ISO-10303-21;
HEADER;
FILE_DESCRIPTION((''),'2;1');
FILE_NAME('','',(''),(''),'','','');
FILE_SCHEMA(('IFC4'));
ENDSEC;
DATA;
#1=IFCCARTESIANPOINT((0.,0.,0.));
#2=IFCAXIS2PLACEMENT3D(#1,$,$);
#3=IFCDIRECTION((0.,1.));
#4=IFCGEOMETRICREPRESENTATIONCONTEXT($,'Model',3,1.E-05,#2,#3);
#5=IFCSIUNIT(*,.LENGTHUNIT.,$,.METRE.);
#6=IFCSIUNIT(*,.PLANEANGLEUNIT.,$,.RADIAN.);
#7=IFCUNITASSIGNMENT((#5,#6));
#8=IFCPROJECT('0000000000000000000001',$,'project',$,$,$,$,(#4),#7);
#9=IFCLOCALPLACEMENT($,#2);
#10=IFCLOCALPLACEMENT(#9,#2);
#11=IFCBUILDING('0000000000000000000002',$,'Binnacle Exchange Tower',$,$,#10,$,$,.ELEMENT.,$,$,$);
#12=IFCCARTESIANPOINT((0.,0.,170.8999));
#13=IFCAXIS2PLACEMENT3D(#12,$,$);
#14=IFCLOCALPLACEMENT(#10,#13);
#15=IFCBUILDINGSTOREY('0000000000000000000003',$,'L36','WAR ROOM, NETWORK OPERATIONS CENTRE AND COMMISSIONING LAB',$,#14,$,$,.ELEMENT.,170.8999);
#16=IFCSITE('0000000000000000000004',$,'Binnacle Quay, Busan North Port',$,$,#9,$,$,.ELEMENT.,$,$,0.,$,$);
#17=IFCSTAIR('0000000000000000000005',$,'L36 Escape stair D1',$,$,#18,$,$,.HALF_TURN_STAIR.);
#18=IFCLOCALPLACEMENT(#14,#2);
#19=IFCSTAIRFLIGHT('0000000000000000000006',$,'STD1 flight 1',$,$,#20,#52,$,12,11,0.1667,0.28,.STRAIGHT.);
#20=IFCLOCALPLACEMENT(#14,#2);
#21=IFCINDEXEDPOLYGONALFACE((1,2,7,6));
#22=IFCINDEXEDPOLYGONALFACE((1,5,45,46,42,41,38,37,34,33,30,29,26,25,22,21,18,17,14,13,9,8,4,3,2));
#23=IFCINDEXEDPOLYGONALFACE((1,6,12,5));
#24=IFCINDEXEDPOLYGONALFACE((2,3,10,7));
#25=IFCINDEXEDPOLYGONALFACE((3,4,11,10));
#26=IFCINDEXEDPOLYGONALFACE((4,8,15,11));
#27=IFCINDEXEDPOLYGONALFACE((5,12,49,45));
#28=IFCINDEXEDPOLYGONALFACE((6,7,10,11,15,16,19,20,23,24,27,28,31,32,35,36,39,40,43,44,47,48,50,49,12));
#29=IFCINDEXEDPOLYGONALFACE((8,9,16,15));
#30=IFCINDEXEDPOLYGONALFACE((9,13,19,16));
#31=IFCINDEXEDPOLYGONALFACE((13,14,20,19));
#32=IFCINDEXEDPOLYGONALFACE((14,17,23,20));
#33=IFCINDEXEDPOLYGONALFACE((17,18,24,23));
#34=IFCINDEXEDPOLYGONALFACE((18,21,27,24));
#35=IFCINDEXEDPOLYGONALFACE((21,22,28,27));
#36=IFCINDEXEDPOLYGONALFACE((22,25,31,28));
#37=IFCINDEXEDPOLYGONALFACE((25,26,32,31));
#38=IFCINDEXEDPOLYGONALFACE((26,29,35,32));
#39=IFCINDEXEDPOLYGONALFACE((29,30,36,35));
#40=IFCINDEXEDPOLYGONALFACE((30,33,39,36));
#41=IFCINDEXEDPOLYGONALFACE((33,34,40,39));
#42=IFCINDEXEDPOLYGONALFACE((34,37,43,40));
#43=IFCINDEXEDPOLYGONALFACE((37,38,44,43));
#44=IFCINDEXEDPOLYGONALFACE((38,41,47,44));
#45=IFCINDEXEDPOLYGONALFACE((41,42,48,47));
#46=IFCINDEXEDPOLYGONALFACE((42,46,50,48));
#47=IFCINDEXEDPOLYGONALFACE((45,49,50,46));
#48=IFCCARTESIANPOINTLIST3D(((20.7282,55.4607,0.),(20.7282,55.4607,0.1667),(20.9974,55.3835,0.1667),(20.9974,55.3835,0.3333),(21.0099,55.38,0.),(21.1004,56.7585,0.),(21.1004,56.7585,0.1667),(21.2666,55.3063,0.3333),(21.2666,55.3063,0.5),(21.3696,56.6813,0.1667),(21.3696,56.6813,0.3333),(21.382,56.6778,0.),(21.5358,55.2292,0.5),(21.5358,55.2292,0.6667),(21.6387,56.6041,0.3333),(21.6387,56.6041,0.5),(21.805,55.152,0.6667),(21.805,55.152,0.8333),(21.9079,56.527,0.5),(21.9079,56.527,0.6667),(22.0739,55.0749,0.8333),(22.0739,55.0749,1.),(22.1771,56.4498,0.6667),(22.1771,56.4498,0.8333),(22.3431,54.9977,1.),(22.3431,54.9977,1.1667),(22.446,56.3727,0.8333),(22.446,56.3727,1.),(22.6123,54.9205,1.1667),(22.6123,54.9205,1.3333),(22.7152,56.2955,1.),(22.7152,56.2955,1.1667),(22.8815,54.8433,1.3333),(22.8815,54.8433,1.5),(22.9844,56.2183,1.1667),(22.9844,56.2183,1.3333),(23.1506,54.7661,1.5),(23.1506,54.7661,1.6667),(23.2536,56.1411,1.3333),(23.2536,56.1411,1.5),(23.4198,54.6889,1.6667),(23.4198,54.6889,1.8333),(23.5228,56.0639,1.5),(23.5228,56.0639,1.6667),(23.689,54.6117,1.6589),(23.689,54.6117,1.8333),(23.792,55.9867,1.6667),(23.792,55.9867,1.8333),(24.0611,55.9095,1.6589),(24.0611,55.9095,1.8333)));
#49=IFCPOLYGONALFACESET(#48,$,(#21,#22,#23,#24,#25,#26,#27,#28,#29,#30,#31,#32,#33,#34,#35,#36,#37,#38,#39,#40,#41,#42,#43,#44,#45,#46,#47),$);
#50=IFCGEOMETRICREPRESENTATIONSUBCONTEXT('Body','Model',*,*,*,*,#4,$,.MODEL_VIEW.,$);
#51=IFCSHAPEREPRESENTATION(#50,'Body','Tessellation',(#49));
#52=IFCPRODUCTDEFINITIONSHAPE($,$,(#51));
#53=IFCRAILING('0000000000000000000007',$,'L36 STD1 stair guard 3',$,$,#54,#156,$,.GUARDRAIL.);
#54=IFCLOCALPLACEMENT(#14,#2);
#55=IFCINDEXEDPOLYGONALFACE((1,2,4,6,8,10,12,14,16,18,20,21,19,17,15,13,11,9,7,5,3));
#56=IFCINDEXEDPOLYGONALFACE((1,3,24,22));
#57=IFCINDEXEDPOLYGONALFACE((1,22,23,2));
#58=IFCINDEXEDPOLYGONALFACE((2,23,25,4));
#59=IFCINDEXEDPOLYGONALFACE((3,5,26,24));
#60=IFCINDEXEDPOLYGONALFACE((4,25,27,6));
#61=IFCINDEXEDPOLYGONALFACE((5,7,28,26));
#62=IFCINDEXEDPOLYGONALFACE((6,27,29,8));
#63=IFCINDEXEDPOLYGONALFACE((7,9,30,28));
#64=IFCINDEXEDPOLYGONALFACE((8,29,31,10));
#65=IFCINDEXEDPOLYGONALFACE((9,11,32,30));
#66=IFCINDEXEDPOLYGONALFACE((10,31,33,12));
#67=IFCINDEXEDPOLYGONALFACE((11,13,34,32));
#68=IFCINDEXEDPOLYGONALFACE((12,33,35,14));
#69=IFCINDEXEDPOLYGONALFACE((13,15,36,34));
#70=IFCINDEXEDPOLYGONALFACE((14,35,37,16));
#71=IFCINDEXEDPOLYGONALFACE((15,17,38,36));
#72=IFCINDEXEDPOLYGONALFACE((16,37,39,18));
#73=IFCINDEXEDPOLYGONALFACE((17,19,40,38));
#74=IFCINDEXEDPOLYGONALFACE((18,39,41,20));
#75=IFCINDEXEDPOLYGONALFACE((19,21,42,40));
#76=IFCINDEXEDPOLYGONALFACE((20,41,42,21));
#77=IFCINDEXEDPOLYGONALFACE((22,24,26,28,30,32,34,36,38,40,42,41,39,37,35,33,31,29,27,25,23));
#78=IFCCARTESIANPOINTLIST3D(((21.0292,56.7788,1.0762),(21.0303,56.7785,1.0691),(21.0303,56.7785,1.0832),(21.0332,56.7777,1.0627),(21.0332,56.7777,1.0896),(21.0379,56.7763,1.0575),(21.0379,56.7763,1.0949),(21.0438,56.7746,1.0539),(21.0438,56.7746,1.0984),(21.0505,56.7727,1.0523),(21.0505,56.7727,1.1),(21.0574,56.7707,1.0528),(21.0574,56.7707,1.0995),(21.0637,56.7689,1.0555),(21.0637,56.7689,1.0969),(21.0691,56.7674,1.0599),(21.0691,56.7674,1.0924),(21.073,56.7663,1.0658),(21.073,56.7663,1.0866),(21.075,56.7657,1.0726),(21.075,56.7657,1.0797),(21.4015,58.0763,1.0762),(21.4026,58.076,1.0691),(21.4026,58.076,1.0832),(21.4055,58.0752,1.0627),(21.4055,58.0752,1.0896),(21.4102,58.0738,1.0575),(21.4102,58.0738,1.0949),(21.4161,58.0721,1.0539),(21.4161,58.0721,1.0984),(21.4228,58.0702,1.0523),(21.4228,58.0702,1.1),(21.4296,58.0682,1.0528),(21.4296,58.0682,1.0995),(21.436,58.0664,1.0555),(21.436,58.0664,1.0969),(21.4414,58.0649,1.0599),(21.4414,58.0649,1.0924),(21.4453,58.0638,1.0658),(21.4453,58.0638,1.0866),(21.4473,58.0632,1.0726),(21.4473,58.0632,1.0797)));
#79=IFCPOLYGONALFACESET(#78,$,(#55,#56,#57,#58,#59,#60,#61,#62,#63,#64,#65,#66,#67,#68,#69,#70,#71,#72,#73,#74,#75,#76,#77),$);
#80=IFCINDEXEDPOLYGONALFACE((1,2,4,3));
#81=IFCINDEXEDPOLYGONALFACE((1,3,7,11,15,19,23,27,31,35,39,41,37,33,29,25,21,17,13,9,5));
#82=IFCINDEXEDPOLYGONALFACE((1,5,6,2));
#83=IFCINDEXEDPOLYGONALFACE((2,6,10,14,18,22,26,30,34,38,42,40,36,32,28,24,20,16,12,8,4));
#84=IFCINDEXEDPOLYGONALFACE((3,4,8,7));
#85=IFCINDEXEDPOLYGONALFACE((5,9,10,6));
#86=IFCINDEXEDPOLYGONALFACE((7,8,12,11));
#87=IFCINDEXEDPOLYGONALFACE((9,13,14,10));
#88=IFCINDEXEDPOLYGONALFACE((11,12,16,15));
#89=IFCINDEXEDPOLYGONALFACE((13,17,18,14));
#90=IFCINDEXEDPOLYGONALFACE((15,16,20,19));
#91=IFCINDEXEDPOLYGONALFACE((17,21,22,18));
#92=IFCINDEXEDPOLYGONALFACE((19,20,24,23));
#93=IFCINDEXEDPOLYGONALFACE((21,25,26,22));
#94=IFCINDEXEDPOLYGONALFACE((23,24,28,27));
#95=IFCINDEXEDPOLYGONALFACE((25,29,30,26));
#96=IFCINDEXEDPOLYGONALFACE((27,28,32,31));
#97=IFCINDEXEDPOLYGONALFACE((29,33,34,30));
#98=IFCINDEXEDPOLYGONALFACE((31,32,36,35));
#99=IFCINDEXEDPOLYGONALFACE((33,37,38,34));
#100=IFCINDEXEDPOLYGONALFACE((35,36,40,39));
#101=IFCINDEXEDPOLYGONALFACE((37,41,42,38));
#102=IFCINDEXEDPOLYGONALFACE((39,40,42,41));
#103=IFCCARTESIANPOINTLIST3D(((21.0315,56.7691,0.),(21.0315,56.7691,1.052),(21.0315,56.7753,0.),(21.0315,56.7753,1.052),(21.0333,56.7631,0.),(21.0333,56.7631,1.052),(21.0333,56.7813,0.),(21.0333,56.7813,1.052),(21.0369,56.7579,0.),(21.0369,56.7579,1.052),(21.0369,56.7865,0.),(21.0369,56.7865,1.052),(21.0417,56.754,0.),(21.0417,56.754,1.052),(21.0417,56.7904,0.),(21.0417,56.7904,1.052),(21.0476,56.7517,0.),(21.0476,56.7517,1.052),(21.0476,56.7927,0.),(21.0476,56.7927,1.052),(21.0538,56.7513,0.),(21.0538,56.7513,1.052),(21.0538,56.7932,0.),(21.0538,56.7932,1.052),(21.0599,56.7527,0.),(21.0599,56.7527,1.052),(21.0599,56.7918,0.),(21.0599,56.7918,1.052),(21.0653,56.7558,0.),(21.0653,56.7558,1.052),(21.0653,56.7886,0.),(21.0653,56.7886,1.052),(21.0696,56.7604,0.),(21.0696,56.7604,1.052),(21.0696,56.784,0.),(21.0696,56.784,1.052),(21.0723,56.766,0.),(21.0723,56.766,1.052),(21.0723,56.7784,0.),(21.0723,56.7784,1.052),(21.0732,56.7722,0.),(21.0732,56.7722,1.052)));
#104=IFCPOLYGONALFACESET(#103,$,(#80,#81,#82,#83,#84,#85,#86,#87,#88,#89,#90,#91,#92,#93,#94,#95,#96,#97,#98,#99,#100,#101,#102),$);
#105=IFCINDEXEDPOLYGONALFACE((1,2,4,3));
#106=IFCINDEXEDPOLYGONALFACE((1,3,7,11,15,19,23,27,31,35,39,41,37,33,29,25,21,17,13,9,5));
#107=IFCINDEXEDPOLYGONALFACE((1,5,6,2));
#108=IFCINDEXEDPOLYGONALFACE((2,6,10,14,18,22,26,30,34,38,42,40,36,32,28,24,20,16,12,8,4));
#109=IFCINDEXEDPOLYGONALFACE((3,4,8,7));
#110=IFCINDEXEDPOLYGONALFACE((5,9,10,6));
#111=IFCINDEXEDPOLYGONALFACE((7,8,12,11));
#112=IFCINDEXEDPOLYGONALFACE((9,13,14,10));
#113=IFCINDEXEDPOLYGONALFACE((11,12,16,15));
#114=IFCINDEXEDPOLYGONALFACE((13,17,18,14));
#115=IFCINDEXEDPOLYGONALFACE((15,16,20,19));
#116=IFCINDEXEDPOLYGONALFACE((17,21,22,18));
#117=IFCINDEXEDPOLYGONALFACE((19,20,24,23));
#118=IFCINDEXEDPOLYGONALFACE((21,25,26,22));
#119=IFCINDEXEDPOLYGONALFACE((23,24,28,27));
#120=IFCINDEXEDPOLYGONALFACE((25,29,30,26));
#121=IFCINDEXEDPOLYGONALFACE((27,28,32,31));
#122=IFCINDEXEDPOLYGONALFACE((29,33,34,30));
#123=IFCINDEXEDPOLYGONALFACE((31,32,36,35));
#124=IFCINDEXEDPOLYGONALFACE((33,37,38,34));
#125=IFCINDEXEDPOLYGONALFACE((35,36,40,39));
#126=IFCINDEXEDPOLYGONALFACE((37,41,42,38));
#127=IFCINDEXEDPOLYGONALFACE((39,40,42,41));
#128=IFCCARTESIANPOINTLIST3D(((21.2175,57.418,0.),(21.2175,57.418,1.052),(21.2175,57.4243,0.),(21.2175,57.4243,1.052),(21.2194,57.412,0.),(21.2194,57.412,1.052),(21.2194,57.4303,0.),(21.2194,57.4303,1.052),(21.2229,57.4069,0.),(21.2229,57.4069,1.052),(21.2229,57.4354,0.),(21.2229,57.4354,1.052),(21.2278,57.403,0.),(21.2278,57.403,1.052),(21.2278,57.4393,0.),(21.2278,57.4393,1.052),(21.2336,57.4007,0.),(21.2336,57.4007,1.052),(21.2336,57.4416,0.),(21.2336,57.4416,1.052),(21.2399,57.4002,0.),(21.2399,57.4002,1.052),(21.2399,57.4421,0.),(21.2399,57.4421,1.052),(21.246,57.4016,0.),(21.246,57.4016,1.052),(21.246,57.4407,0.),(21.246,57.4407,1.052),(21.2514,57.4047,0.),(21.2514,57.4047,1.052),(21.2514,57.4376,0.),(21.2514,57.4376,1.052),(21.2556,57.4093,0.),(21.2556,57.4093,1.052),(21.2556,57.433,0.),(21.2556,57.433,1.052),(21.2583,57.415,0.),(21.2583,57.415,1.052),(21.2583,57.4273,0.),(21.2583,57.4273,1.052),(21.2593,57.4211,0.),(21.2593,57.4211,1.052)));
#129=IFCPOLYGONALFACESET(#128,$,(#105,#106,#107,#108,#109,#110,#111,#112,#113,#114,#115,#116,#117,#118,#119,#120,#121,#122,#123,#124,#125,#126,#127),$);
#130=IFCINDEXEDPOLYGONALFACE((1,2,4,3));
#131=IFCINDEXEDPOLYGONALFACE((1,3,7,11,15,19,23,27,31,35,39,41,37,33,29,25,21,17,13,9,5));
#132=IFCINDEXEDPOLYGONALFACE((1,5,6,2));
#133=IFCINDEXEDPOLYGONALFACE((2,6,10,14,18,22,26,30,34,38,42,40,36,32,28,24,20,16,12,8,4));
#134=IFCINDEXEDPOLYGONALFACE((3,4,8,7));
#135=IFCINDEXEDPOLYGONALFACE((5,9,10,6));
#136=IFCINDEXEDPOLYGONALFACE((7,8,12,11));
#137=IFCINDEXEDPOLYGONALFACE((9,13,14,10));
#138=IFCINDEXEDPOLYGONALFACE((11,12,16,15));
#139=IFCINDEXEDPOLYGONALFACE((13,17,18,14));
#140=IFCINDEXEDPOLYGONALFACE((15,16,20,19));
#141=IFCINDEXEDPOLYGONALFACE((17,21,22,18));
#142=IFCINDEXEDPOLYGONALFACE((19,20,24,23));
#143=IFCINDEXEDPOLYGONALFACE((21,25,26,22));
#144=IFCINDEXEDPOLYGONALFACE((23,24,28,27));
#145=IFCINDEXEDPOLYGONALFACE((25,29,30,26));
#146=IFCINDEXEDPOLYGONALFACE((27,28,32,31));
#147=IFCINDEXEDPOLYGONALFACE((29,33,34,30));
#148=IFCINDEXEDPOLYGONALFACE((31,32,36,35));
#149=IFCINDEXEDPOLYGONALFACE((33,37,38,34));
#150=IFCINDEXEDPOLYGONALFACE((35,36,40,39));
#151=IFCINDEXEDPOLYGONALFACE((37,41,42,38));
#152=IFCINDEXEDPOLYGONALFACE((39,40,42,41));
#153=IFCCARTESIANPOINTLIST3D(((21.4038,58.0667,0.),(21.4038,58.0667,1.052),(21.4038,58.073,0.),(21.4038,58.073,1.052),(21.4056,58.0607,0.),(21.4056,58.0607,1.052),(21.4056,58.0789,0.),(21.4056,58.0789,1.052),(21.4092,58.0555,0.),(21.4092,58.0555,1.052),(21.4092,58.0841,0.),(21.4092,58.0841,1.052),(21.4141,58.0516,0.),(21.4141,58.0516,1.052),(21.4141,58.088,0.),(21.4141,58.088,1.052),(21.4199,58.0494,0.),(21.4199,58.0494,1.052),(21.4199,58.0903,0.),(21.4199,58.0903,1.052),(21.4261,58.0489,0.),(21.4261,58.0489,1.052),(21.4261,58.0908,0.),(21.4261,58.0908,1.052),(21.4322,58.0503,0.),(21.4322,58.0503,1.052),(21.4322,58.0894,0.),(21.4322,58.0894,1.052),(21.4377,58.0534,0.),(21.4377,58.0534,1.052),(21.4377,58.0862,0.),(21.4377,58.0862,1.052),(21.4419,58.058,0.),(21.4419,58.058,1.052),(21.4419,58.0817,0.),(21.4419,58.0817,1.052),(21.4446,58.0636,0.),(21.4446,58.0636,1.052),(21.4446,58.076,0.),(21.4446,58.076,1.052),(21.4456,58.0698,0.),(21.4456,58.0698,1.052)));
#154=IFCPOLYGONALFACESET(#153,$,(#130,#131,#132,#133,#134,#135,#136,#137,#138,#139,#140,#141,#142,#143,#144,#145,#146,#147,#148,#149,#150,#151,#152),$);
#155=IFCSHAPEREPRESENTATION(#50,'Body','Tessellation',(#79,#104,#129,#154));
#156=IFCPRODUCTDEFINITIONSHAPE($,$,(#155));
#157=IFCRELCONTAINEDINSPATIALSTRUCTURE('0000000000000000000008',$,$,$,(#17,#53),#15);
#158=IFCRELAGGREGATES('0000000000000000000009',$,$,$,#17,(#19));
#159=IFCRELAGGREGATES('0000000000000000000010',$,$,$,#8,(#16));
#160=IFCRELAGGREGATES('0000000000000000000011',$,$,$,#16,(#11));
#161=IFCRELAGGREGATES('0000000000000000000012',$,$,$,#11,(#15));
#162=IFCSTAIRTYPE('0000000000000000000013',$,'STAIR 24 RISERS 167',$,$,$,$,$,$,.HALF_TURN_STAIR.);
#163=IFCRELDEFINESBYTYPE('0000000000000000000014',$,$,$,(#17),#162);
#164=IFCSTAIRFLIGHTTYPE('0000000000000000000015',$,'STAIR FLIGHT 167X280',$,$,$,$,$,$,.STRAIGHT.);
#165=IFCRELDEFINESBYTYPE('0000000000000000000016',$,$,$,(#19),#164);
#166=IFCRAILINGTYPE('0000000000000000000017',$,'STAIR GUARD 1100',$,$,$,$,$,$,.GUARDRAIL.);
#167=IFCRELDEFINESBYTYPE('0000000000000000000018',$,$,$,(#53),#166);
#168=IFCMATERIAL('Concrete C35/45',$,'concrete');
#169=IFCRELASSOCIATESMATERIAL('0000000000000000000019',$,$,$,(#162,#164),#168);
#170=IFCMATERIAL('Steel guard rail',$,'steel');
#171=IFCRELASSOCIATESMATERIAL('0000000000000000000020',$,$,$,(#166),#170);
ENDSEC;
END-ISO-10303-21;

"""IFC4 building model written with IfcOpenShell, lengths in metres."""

from ifc_helpers import new_model, si_unit, direction, frame, origin, origin_2d, place, context, subcontext, project, spatial, polyline, circle, outline, extrude, material, type_object, element, aggregate, save


model = new_model("IFC4")

# Units and contexts
model_context = context("Model", 3, precision=1e-05, world=origin(), true_north=direction((0.0, 1.0)))
body_context = subcontext(model_context, "Body", "Model", "MODEL_VIEW")
ifc_project = project(units=[si_unit("LENGTHUNIT", "METRE"), si_unit("PLANEANGLEUNIT", "RADIAN")], contexts=[model_context])

# Site, building, storey
site_placement = place(None, origin())
site = spatial("IfcSite", under=ifc_project, at=site_placement, Name="Binnacle Quay, Busan North Port", CompositionType="ELEMENT", RefElevation=0.0)
building_placement = place(site_placement, origin())
building = spatial("IfcBuilding", under=site, at=building_placement, Name="Binnacle Exchange Tower", CompositionType="ELEMENT")
storey_placement = place(building_placement, frame((0.0, 0.0, 170.8999)))
storey = spatial("IfcBuildingStorey", under=building, at=storey_placement, Name="L36", Description="WAR ROOM, NETWORK OPERATIONS CENTRE AND COMMISSIONING LAB", CompositionType="ELEMENT", Elevation=170.8999)

# Stair, stair flight
ifc_material_1 = material(Name="Concrete C35/45", Category="concrete")
stair_type = type_object("IfcStairType", Name="STAIR 24 RISERS 167", PredefinedType="HALF_TURN_STAIR", material=ifc_material_1)
stair_placement = place(storey_placement, origin())
stair = element("IfcStair", 1, at=stair_placement, inside=storey, type_object=stair_type, Name="L36 Escape stair D1", PredefinedType="HALF_TURN_STAIR")
stair_flight_type = type_object("IfcStairFlightType", Name="STAIR FLIGHT 167X280", PredefinedType="STRAIGHT", material=ifc_material_1)
stair_flight_placement = place(storey_placement, frame((20.9143, 56.1096, 0.0), z_axis=(0.0, 0.0, 1.0), x_axis=(0.961262, -0.275637, 0.0)))
stair_flight = element("IfcStairFlight", 2, at=stair_flight_placement, type_object=stair_flight_type, Name="STD1 flight 1", NumberOfRisers=12, NumberOfTreads=11, PredefinedType="STRAIGHT", RiserHeight=0.1667, TreadLength=0.28, context=body_context, shape_type="SweptSolid", body=[
    extrude(outline(polyline([(0.0, 0.0), (0.0, 0.1667), (0.28, 0.1667), (0.28, 0.3333), (0.5601, 0.3333), (0.5601, 0.5), (0.8401, 0.5), (0.8401, 0.6667), (1.1201, 0.6667), (1.1201, 0.8333), (1.3999, 0.8333), (1.3999, 1.0), (1.6799, 1.0), (1.6799, 1.1667), (1.96, 1.1667), (1.96, 1.3333), (2.24, 1.3333), (2.24, 1.5), (2.52, 1.5), (2.52, 1.6667), (2.8, 1.6667), (2.8, 1.8333), (3.0801, 1.8333), (3.0801, 2.0), (3.0801, 1.6589), (0.293, 0.0), (0.0, 0.0)])), frame((0.0, 0.675, 0.0), z_axis=(0.0, -1.0, 0.0), x_axis=(1.0, 0.0, 0.0)), (0.0, 0.0, 1.0), 1.3501),
])
aggregate(stair, [stair_flight])

# Railing
ifc_material_2 = material(Name="Steel guard rail", Category="steel")
railing_type_1 = type_object("IfcRailingType", Name="STAIR GUARD 1100", PredefinedType="GUARDRAIL", material=ifc_material_2)
railing_1_placement = place(storey_placement, frame((21.0522, 56.7722, 0.0)))
element("IfcRailing", 3, at=railing_1_placement, inside=storey, type_object=railing_type_1, Name="L36 STD1 stair guard 3", PredefinedType="GUARDRAIL", context=body_context, shape_type="SweptSolid", body=[
    extrude(circle(Radius=0.0239, at=origin_2d()), frame((0.0, 0.0, 1.0762), z_axis=(0.275796, 0.961216, 0.0), x_axis=(-0.961216, 0.275796, 0.0)), (0.0, 0.0, 1.0), 1.3499),
    extrude(circle(Radius=0.021, at=origin_2d()), origin(), (0.0, 0.0, 1.0), 1.052),
    extrude(circle(Radius=0.021, at=origin_2d()), frame((0.186, 0.6489, 0.0)), (0.0, 0.0, 1.0), 1.052),
    extrude(circle(Radius=0.021, at=origin_2d()), frame((0.3723, 1.2976, 0.0)), (0.0, 0.0, 1.0), 1.052),
])

save(model, "model.ifc")
